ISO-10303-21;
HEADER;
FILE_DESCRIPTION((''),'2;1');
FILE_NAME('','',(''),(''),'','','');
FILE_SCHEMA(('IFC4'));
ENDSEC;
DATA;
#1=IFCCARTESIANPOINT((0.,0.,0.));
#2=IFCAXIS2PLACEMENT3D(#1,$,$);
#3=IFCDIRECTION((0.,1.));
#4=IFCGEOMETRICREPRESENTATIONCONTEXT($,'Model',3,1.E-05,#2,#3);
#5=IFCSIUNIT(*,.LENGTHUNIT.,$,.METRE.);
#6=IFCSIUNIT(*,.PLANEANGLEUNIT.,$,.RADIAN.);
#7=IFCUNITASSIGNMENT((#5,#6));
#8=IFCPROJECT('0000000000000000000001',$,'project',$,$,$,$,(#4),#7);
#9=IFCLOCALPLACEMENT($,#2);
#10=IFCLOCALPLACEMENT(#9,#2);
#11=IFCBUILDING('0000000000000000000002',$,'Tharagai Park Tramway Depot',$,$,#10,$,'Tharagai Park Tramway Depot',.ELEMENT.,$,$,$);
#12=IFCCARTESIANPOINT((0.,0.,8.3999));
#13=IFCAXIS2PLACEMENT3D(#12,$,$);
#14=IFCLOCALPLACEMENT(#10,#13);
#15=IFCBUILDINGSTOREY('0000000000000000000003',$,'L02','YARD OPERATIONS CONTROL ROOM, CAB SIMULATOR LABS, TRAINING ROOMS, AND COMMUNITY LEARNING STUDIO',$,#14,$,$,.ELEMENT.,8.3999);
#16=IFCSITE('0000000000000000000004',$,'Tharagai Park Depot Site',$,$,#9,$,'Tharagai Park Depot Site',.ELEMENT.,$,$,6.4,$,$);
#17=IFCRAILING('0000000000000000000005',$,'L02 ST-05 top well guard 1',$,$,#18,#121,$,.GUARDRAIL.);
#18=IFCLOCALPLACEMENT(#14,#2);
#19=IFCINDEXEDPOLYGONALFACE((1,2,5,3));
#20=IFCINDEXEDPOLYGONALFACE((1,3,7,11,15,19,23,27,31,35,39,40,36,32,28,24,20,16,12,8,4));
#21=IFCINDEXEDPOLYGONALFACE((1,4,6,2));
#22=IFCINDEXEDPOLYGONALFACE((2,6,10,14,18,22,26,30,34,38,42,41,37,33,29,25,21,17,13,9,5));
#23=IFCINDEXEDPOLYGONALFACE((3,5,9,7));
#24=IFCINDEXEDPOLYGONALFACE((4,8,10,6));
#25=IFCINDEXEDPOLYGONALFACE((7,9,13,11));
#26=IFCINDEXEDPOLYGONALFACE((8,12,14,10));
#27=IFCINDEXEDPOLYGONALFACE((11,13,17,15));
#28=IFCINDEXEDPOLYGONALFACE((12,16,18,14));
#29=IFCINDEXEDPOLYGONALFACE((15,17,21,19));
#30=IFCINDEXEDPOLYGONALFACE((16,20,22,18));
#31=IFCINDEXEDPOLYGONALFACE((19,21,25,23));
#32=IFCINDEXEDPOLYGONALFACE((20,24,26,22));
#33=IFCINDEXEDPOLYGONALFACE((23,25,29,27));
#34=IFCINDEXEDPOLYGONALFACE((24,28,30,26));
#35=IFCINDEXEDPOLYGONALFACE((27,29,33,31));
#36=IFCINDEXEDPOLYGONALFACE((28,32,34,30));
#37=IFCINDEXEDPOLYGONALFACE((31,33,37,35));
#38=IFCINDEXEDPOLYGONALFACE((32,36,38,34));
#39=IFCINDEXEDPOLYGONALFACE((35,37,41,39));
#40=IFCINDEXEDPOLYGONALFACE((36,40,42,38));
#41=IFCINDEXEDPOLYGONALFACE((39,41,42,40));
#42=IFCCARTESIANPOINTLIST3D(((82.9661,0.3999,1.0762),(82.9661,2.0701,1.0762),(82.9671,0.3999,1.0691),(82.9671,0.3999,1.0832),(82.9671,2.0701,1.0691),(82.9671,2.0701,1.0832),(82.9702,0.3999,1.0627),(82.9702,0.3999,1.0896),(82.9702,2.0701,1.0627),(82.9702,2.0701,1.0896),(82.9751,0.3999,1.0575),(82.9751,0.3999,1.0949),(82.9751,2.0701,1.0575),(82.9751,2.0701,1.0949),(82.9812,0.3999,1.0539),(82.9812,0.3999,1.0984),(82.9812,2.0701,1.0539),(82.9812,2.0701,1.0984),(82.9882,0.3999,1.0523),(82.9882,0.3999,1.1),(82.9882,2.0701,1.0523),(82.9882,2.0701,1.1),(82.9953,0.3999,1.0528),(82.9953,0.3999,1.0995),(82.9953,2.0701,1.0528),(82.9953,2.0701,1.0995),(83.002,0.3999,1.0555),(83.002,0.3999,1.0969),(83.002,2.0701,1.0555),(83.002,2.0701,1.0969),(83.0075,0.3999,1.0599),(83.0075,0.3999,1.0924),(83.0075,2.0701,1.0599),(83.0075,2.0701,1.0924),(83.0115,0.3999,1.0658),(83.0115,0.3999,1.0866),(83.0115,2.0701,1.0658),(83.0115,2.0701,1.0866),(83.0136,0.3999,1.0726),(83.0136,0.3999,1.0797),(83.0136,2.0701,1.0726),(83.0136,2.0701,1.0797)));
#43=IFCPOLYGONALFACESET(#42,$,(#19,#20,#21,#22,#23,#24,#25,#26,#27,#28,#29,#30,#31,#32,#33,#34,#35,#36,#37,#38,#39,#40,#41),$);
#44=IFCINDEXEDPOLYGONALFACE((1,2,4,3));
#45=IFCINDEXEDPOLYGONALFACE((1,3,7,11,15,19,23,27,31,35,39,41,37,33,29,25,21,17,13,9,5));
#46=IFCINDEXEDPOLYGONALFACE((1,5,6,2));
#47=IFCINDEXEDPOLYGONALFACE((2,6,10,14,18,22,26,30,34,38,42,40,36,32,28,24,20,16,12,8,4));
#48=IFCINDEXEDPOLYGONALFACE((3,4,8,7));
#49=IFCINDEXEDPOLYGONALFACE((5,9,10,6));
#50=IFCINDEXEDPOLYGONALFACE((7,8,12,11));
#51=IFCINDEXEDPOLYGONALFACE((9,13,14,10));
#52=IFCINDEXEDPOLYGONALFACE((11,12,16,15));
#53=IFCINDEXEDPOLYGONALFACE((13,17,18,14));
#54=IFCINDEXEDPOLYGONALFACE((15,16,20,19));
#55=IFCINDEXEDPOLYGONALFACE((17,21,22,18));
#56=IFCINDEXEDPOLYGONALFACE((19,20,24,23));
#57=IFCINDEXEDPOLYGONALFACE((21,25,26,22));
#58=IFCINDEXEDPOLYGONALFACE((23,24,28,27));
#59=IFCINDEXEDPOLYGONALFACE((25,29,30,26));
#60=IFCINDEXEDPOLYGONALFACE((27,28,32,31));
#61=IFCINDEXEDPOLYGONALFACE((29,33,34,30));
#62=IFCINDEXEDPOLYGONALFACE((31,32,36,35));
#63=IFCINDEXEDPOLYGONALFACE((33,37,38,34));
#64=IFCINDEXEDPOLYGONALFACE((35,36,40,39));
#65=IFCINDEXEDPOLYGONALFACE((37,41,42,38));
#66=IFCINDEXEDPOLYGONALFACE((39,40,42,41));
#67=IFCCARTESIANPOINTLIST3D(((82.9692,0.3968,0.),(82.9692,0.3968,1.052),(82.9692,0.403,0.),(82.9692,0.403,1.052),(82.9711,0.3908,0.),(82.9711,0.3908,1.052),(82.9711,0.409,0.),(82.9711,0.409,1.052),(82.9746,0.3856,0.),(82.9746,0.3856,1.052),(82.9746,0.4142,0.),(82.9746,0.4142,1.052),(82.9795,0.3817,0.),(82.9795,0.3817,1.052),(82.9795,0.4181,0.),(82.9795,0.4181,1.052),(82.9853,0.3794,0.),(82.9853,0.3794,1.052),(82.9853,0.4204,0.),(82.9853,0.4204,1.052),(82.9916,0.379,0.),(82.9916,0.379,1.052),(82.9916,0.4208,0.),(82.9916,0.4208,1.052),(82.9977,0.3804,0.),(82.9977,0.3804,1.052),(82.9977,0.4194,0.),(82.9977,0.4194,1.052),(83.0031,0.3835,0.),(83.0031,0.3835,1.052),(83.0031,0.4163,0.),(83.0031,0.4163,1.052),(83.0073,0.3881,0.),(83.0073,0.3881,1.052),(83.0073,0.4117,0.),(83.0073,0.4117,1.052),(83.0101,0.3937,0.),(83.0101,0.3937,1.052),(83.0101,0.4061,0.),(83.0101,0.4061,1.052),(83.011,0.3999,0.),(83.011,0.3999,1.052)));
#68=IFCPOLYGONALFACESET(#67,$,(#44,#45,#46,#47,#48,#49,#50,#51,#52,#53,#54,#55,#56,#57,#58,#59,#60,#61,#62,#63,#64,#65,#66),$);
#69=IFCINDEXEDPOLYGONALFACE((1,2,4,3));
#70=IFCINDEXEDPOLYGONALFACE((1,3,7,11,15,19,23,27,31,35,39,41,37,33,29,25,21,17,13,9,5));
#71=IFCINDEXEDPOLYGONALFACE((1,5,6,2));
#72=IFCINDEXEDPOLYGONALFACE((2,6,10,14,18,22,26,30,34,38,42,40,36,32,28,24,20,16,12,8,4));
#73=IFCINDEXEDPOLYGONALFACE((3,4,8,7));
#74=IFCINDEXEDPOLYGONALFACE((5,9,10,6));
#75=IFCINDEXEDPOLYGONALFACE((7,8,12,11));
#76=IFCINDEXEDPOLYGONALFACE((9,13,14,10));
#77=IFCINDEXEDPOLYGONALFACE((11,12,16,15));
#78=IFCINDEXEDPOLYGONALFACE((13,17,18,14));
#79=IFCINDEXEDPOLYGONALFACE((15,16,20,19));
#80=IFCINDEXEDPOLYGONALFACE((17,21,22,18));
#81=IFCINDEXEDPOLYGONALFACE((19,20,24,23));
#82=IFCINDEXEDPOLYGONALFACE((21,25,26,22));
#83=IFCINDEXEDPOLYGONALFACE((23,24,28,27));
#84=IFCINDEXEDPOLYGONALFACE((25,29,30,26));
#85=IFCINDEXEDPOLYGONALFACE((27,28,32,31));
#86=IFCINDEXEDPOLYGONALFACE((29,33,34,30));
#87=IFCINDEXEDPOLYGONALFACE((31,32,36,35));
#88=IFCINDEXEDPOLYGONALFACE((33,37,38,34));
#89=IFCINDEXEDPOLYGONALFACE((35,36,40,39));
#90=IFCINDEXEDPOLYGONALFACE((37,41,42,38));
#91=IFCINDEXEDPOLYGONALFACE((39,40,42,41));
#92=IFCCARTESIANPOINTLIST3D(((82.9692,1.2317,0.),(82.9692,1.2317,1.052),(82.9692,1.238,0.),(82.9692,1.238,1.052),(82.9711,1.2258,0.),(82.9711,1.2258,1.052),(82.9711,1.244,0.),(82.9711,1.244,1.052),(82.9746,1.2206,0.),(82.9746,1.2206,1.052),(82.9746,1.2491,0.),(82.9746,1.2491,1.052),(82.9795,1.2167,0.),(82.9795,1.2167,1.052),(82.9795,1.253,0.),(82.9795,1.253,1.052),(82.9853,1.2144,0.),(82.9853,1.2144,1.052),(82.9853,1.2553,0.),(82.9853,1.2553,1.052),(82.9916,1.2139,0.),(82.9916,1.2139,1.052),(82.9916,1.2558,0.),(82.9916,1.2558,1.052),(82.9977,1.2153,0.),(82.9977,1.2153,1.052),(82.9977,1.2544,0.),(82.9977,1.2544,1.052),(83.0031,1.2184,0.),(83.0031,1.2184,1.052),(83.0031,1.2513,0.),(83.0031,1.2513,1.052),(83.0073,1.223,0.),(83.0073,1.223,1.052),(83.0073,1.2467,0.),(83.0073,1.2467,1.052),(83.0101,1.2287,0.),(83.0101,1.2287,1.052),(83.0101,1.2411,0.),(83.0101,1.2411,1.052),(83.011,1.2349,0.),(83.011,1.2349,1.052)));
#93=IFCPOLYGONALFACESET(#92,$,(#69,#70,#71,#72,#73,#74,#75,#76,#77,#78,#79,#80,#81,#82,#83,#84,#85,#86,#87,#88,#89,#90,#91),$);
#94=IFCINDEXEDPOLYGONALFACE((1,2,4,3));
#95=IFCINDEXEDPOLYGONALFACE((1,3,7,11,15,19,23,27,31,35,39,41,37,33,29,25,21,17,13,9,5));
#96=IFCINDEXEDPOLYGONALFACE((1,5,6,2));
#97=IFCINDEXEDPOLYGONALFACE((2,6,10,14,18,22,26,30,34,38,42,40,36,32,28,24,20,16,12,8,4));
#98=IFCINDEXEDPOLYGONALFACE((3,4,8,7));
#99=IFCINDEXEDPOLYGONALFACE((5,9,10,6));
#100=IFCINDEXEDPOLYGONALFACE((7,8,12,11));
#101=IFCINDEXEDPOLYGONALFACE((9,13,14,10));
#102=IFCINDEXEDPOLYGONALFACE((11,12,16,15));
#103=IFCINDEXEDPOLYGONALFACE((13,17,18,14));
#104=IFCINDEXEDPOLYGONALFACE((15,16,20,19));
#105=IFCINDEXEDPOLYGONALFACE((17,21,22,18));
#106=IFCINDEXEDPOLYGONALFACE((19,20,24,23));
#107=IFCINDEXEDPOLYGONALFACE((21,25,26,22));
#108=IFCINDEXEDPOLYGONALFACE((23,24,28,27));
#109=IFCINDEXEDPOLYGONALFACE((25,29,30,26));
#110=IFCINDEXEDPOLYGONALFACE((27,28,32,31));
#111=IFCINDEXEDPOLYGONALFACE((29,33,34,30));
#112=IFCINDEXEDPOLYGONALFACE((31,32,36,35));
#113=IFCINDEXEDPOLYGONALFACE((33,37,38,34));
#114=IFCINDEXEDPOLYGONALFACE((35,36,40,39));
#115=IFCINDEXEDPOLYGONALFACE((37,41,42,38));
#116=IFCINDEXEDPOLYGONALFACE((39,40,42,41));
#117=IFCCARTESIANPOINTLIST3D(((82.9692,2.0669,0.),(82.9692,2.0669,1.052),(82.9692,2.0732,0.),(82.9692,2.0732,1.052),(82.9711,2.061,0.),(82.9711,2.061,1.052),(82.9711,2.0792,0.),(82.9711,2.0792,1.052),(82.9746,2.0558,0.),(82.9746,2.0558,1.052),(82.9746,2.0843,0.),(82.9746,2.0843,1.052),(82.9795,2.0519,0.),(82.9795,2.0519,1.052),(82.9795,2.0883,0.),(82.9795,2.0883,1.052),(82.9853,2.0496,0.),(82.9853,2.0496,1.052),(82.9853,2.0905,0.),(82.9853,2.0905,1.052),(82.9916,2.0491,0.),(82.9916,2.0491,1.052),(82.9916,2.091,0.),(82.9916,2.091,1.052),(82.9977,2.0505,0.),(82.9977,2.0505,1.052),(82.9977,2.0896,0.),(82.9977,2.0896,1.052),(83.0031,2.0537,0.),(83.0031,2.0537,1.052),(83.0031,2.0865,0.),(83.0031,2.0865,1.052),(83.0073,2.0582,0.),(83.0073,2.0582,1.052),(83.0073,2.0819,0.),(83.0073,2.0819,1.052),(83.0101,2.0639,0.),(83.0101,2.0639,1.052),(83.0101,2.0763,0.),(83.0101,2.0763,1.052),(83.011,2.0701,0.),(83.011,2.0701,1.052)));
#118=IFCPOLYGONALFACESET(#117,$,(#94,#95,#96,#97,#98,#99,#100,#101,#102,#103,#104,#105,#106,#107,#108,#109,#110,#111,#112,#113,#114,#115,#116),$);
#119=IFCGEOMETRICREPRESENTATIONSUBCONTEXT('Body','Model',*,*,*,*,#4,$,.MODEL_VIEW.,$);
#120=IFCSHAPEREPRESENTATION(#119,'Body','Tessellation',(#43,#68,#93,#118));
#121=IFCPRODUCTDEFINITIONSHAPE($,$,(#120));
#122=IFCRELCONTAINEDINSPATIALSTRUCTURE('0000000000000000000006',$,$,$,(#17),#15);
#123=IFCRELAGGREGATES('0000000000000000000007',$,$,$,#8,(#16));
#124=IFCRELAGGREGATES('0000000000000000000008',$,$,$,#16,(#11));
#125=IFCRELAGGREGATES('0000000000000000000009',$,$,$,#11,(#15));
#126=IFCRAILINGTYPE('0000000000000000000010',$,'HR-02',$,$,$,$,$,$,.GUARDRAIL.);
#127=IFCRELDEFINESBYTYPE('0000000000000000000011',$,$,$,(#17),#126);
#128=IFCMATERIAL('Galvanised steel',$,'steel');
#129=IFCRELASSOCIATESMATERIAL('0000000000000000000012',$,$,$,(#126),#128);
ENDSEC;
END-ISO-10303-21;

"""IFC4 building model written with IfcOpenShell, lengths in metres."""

from ifc_helpers import new_model, si_unit, direction, frame, origin, origin_2d, place, context, subcontext, project, spatial, circle, extrude, material, type_object, element, save


model = new_model("IFC4")

# Units and contexts
model_context = context("Model", 3, precision=1e-05, world=origin(), true_north=direction((0.0, 1.0)))
body_context = subcontext(model_context, "Body", "Model", "MODEL_VIEW")
ifc_project = project(units=[si_unit("LENGTHUNIT", "METRE"), si_unit("PLANEANGLEUNIT", "RADIAN")], contexts=[model_context])

# Site, building, storey
site_placement = place(None, origin())
site = spatial("IfcSite", under=ifc_project, at=site_placement, Name="Tharagai Park Depot Site", LongName="Tharagai Park Depot Site", CompositionType="ELEMENT", RefElevation=6.4)
building_placement = place(site_placement, origin())
building = spatial("IfcBuilding", under=site, at=building_placement, Name="Tharagai Park Tramway Depot", LongName="Tharagai Park Tramway Depot", CompositionType="ELEMENT")
storey_placement = place(building_placement, frame((0.0, 0.0, 8.3999)))
storey = spatial("IfcBuildingStorey", under=building, at=storey_placement, Name="L02", Description="YARD OPERATIONS CONTROL ROOM, CAB SIMULATOR LABS, TRAINING ROOMS, AND COMMUNITY LEARNING STUDIO", CompositionType="ELEMENT", Elevation=8.3999)

# Railing
ifc_material_1 = material(Name="Galvanised steel", Category="steel")
railing_type_1 = type_object("IfcRailingType", Name="HR-02", PredefinedType="GUARDRAIL", material=ifc_material_1)
railing_1_placement = place(storey_placement, frame((82.99, 0.3999, 0.0)))
element("IfcRailing", 1, at=railing_1_placement, inside=storey, type_object=railing_type_1, Name="L02 ST-05 top well guard 1", PredefinedType="GUARDRAIL", context=body_context, shape_type="SweptSolid", body=[
    extrude(circle(Radius=0.0239, at=origin_2d()), frame((0.0, 0.0, 1.0762), z_axis=(0.0, 1.0, 0.0), x_axis=(-1.0, 0.0, 0.0)), (0.0, 0.0, 1.0), 1.6702),
    extrude(circle(Radius=0.021, at=origin_2d()), origin(), (0.0, 0.0, 1.0), 1.052),
    extrude(circle(Radius=0.021, at=origin_2d()), frame((0.0, 0.835, 0.0)), (0.0, 0.0, 1.0), 1.052),
    extrude(circle(Radius=0.021, at=origin_2d()), frame((0.0, 1.6702, 0.0)), (0.0, 0.0, 1.0), 1.052),
])

save(model, "model.ifc")
